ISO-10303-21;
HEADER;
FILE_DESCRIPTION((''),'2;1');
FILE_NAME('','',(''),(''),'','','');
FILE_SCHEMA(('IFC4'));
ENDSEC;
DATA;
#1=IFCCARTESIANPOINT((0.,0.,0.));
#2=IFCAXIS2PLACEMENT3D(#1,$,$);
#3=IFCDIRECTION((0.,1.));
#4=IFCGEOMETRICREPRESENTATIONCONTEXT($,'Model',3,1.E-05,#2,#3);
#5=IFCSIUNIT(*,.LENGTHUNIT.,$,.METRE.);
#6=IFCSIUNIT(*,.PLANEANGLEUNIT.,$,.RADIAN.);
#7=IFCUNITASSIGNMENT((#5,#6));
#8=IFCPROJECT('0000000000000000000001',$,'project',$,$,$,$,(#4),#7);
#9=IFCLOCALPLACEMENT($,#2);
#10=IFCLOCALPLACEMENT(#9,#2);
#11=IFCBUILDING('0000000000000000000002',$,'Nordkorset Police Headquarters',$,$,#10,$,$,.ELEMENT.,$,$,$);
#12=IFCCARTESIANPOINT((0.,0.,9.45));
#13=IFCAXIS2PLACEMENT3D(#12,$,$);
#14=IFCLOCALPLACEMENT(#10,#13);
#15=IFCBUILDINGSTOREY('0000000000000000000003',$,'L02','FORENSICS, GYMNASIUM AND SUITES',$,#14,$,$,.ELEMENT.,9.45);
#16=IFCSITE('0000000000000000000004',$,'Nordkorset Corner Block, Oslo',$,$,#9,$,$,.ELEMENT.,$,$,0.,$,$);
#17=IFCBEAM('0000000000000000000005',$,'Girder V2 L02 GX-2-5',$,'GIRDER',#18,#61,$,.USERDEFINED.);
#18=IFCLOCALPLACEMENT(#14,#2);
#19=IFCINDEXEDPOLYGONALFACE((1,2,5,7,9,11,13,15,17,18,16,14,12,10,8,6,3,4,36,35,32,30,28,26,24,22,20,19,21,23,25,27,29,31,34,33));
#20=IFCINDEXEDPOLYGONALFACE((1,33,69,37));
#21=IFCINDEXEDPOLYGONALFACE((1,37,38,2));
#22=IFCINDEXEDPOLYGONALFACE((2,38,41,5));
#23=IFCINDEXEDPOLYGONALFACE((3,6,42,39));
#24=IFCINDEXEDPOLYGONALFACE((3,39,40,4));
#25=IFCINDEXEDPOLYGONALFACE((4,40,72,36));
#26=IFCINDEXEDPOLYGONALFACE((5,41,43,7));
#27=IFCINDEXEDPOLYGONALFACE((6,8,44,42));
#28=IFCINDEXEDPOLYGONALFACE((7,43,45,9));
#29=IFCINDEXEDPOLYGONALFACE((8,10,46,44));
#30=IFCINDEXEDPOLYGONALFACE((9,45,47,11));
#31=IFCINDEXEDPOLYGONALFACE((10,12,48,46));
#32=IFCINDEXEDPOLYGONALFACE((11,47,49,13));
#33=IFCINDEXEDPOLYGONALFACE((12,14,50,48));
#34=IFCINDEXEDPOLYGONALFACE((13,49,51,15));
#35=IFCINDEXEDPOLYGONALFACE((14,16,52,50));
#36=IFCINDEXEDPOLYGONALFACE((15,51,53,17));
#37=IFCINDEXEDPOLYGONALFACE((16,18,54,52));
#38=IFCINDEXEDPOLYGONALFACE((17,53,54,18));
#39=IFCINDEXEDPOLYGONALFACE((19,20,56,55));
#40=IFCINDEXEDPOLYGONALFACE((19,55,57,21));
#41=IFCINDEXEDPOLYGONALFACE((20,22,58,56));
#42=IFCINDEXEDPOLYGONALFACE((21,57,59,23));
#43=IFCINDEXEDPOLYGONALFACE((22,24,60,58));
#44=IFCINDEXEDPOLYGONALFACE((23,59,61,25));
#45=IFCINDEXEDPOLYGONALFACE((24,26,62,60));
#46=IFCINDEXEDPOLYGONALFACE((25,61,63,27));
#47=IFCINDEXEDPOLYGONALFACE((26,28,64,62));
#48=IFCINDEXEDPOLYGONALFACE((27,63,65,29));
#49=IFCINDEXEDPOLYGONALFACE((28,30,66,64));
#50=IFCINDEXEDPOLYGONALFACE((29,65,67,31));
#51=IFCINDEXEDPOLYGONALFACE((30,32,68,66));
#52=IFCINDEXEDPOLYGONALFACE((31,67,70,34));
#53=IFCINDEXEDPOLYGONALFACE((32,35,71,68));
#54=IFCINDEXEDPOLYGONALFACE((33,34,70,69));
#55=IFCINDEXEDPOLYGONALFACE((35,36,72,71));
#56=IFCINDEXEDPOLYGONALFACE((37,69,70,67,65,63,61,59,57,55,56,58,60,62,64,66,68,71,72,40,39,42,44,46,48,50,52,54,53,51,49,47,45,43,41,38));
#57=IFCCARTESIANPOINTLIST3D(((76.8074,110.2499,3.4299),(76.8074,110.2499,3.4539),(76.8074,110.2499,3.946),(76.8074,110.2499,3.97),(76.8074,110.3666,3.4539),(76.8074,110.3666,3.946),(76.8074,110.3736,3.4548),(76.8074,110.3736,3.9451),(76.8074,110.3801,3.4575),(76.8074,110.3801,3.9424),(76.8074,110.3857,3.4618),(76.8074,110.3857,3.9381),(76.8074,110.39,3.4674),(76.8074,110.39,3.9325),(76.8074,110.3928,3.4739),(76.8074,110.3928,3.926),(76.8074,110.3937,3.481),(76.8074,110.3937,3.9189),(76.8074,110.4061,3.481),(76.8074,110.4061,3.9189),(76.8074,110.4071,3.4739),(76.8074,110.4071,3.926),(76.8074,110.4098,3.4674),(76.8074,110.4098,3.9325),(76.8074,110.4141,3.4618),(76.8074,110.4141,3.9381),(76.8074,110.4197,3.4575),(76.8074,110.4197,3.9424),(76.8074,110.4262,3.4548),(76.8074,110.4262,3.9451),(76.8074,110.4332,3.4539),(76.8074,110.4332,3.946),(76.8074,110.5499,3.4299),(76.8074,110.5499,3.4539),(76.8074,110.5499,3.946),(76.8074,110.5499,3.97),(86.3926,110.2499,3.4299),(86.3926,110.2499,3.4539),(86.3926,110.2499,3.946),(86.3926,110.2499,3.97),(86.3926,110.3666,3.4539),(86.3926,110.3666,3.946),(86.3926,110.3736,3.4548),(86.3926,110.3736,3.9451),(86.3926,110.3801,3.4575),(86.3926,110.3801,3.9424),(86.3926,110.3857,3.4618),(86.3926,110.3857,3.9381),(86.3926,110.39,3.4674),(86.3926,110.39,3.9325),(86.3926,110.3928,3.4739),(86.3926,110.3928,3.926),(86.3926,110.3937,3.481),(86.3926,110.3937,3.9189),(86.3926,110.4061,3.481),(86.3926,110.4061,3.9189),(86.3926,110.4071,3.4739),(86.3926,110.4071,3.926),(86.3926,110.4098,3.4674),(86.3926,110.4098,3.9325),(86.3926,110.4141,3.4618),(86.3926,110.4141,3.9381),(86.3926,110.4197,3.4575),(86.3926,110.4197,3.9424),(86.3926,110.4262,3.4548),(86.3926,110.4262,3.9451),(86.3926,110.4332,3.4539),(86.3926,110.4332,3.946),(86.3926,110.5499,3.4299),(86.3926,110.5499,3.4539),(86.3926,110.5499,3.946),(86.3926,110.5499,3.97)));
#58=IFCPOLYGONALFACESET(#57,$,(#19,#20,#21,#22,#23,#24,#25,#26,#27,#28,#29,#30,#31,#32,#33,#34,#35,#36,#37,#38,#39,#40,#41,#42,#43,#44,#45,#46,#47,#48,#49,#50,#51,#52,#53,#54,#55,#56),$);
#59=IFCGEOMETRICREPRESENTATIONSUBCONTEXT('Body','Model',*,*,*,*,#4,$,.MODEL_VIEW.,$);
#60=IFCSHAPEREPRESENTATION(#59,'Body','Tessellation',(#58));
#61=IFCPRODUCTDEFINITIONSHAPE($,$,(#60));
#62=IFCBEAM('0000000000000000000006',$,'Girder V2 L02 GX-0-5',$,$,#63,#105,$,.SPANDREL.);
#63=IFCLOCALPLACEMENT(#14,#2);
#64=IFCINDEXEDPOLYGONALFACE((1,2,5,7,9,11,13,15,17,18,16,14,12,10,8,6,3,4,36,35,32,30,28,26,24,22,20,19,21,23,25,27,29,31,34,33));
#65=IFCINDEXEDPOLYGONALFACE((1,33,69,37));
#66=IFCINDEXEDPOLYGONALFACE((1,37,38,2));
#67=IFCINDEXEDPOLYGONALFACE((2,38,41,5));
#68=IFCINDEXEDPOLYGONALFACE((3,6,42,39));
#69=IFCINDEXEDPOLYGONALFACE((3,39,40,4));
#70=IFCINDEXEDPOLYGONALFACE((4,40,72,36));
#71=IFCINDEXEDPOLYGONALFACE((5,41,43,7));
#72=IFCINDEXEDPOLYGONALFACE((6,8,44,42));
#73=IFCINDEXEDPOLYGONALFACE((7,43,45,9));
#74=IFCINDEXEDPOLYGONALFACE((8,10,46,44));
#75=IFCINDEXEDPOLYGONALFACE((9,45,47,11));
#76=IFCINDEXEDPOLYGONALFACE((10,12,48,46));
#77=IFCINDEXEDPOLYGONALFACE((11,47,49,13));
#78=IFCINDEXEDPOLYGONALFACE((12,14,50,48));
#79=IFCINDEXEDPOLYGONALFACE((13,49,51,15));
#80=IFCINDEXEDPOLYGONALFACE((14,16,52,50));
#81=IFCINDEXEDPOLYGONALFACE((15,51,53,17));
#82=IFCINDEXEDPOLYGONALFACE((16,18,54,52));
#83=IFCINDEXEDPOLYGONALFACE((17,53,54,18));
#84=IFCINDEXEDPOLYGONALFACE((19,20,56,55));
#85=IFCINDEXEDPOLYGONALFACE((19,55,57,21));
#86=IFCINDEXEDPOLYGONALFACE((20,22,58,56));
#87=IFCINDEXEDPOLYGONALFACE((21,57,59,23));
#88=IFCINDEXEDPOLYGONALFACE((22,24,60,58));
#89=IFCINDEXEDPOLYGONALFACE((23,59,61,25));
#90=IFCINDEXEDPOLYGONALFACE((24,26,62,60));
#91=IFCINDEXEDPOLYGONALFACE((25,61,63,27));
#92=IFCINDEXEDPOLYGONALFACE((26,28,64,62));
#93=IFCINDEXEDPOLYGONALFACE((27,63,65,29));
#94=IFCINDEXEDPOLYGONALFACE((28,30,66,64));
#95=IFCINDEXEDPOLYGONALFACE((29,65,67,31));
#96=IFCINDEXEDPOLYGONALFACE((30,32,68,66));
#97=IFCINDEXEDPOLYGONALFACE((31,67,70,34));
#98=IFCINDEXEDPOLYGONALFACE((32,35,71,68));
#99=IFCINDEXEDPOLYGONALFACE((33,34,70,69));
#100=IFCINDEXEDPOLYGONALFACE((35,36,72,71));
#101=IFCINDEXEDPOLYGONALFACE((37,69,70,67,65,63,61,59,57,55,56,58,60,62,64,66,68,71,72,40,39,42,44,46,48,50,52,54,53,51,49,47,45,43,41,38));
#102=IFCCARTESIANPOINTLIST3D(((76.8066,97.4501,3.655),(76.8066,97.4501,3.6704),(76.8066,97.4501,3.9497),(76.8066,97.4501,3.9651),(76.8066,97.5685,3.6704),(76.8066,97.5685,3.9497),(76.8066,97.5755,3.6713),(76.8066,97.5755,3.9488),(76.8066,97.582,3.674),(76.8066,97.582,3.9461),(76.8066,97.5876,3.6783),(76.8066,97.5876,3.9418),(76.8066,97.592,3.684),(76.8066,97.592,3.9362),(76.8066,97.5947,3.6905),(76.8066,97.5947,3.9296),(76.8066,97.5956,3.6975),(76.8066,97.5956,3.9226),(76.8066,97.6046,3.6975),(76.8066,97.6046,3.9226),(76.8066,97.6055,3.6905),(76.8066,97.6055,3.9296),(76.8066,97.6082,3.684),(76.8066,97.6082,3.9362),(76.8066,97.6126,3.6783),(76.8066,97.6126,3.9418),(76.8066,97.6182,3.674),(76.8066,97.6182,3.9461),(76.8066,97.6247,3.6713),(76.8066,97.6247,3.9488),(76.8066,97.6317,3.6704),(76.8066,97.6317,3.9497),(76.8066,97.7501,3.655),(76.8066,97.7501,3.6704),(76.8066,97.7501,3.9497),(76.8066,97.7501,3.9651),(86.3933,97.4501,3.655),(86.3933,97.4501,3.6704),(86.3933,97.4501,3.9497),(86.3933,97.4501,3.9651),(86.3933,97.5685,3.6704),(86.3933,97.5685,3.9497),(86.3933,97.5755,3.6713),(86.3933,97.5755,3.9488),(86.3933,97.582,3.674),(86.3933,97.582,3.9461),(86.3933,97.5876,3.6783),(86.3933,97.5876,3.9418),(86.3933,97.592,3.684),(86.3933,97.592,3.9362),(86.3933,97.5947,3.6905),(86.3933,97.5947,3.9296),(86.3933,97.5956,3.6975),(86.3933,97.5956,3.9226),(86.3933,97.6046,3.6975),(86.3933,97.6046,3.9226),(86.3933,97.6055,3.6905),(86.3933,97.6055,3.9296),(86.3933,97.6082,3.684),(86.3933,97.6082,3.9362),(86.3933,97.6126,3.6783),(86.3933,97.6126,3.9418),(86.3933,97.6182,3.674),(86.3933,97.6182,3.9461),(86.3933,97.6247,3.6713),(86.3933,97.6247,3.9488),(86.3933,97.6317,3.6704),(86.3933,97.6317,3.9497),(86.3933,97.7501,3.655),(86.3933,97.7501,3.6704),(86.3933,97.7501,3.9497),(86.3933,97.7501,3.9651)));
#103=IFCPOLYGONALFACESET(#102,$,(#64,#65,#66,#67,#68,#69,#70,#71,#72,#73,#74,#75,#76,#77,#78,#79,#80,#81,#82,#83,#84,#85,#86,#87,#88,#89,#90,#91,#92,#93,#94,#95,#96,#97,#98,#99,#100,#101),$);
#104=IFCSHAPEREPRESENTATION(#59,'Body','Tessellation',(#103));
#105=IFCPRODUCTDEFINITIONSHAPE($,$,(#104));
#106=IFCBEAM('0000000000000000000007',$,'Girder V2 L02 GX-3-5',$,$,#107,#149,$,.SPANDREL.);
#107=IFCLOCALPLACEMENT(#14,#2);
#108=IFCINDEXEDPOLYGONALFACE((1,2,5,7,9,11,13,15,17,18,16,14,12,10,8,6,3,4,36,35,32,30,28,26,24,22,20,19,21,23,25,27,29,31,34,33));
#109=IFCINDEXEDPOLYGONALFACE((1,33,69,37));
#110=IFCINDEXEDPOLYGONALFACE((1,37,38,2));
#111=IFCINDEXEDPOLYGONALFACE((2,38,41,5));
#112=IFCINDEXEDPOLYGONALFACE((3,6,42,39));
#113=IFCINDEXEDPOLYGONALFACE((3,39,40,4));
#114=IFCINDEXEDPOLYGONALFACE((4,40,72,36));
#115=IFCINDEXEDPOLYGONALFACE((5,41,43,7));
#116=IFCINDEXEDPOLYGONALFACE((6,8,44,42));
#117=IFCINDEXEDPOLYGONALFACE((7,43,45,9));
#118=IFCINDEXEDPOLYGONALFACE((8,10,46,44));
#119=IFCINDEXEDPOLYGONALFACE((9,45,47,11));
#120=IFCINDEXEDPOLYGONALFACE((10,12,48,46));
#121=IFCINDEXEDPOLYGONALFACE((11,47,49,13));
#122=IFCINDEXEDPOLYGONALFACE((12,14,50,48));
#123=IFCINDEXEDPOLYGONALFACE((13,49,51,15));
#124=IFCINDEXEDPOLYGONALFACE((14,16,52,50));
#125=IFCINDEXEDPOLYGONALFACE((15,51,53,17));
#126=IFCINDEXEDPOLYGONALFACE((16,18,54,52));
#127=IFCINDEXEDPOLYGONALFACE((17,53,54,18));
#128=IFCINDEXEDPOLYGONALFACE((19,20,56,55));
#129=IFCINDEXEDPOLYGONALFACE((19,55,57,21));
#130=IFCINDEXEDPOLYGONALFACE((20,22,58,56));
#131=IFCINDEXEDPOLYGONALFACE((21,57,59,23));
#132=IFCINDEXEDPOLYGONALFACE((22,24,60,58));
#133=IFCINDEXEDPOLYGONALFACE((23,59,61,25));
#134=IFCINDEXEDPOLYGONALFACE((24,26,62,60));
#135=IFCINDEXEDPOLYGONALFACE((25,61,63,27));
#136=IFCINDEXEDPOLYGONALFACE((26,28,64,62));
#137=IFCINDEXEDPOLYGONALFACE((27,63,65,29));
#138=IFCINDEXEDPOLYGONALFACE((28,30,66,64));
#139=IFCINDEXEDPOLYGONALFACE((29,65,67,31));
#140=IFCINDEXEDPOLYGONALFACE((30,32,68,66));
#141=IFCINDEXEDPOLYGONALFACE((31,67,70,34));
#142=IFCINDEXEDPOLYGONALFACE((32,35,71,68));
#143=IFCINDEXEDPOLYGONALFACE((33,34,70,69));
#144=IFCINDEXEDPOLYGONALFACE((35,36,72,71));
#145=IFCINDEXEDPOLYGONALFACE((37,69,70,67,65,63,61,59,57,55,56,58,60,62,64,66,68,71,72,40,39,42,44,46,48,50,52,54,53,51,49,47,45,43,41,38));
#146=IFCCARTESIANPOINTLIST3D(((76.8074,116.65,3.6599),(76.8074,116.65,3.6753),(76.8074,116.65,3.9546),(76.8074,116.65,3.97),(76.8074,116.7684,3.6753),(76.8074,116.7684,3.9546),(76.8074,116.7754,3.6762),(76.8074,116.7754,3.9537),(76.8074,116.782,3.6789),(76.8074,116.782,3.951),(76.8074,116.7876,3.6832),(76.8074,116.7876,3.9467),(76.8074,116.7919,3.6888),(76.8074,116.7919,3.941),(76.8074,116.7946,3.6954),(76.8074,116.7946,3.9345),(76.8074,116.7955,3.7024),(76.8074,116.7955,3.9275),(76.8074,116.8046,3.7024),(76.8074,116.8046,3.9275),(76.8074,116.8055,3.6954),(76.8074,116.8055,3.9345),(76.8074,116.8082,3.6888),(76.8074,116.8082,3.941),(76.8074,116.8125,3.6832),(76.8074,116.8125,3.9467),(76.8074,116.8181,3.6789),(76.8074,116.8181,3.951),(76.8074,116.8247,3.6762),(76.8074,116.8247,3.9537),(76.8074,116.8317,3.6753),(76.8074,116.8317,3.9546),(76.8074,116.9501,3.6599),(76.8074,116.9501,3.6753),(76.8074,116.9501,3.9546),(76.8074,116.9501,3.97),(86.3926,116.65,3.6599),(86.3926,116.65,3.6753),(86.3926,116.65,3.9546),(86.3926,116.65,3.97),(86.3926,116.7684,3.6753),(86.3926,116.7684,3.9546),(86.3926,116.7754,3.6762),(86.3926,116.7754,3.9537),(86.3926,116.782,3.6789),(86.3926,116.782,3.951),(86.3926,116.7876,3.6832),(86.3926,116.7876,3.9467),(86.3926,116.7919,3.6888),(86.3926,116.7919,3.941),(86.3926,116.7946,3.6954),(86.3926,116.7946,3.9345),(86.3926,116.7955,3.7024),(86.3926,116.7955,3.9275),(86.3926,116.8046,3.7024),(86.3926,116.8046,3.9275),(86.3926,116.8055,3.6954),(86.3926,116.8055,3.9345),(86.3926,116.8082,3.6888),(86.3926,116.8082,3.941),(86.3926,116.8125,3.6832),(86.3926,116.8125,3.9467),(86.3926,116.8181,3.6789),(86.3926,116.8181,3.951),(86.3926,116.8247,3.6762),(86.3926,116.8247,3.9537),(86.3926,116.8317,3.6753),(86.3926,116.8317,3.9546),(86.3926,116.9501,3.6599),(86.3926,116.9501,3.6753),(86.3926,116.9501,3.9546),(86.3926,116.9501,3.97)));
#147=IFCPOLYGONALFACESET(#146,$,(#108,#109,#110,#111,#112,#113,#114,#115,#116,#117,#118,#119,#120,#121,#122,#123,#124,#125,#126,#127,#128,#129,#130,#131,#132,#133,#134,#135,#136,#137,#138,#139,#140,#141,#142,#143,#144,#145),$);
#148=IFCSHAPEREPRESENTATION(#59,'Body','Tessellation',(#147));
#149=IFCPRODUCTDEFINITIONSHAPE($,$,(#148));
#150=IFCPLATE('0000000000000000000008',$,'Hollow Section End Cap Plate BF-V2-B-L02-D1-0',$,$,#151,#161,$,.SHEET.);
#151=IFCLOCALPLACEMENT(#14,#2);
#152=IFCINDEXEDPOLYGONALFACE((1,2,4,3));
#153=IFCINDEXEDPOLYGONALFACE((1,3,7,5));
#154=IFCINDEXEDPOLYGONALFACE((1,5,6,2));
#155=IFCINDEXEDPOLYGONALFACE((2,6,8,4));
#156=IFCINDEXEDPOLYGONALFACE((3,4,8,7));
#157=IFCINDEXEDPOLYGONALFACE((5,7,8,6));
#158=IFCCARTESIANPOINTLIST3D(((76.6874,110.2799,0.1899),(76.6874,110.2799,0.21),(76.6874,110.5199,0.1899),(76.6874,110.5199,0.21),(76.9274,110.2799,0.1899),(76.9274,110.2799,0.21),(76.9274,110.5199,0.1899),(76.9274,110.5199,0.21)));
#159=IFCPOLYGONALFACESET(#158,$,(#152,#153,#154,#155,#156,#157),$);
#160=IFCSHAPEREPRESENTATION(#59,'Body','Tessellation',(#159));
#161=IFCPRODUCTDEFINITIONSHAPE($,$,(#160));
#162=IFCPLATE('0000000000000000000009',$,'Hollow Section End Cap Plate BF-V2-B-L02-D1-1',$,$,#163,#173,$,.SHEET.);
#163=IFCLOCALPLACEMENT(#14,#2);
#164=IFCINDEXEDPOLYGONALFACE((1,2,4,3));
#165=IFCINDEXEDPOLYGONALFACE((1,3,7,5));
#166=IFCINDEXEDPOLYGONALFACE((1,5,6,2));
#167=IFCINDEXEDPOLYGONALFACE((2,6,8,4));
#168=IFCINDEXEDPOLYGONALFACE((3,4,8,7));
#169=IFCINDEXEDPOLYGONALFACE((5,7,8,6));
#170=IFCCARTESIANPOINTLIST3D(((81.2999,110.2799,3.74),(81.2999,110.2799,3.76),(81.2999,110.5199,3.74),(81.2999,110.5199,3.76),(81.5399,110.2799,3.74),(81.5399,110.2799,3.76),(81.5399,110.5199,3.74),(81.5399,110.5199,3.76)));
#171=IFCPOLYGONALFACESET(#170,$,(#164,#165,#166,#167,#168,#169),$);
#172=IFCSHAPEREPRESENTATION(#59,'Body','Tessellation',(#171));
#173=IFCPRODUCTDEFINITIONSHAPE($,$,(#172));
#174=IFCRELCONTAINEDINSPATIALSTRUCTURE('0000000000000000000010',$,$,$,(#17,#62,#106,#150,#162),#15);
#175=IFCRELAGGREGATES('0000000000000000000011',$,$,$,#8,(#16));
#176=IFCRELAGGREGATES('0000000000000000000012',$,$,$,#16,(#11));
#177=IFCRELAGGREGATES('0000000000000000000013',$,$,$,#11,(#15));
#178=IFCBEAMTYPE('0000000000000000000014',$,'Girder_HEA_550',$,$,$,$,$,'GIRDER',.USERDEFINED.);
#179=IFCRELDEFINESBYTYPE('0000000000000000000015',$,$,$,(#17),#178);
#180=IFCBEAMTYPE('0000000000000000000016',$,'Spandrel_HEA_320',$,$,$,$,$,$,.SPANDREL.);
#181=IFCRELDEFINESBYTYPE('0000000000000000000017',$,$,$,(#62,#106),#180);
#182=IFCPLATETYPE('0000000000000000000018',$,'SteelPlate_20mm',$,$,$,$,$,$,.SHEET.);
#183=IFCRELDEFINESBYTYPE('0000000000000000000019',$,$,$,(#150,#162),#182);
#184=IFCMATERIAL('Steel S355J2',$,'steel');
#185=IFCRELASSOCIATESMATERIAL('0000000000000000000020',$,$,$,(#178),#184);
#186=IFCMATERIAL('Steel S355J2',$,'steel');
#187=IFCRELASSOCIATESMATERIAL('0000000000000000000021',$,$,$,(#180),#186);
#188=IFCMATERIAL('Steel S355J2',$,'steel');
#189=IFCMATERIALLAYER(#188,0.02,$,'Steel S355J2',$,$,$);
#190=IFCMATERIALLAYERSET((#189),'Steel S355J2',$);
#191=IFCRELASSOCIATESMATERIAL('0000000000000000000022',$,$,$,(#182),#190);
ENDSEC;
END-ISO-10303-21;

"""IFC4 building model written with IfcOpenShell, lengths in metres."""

from ifc_helpers import new_model, si_unit, direction, frame, origin, origin_2d, place, context, subcontext, project, spatial, rectangle, i_section, extrude, material, layer, layer_set, material_profile, profile_set, type_object, element, save


model = new_model("IFC4")

# Units and contexts
model_context = context("Model", 3, precision=1e-05, world=origin(), true_north=direction((0.0, 1.0)))
body_context = subcontext(model_context, "Body", "Model", "MODEL_VIEW")
ifc_project = project(units=[si_unit("LENGTHUNIT", "METRE"), si_unit("PLANEANGLEUNIT", "RADIAN")], contexts=[model_context])

# Site, building, storey
site_placement = place(None, origin())
site = spatial("IfcSite", under=ifc_project, at=site_placement, Name="Nordkorset Corner Block, Oslo", CompositionType="ELEMENT", RefElevation=0.0)
building_placement = place(site_placement, origin())
building = spatial("IfcBuilding", under=site, at=building_placement, Name="Nordkorset Police Headquarters", CompositionType="ELEMENT")
storey_placement = place(building_placement, frame((0.0, 0.0, 9.45)))
storey = spatial("IfcBuildingStorey", under=building, at=storey_placement, Name="L02", Description="FORENSICS, GYMNASIUM AND SUITES", CompositionType="ELEMENT", Elevation=9.45)

# Beams
ifc_material_1 = material(Name="Steel S355J2", Category="steel")
ifc_material_profile_1 = material_profile(ifc_material_1, i_section(OverallWidth=0.3, OverallDepth=0.54, WebThickness=0.0125, FlangeThickness=0.0239, FilletRadius=0.0271, at=origin_2d()), Name="HEA 550")
ifc_profile_set_1 = profile_set([ifc_material_profile_1], Name="Steel S355J2")
beam_type_1 = type_object("IfcBeamType", Name="Girder_HEA_550", ElementType="GIRDER", PredefinedType="USERDEFINED", material=ifc_profile_set_1)
for number, where, z_axis, x_axis, name in (
    (1, (76.8074, 110.3999, 3.7), (1.0, 0.0, 0.0), (0.0, 1.0, 0.0), "Girder V2 L02 GX-2-5"),
):
    element("IfcBeam", number, at=place(storey_placement, frame(where, z_axis=z_axis, x_axis=x_axis)), inside=storey, type_object=beam_type_1, Name=name, ObjectType="GIRDER", PredefinedType="USERDEFINED", context=body_context, shape_type="SweptSolid", body=[
        extrude(i_section(OverallWidth=0.3, OverallDepth=0.54, WebThickness=0.0125, FlangeThickness=0.0239, FilletRadius=0.0271, at=origin_2d()), origin(), (0.0, 0.0, 1.0), 9.5852),
    ])
ifc_material_2 = material(Name="Steel S355J2", Category="steel")
ifc_material_profile_2 = material_profile(ifc_material_2, i_section(OverallWidth=0.3, OverallDepth=0.3101, WebThickness=0.009, FlangeThickness=0.0154, FilletRadius=0.0271, at=origin_2d()), Name="HEA 320")
ifc_profile_set_2 = profile_set([ifc_material_profile_2], Name="Steel S355J2")
beam_type_2 = type_object("IfcBeamType", Name="Spandrel_HEA_320", PredefinedType="SPANDREL", material=ifc_profile_set_2)
beam_1_placement = place(storey_placement, frame((76.8066, 97.6001, 3.8101), z_axis=(1.0, 0.0, 0.0), x_axis=(0.0, 1.0, 0.0)))
element("IfcBeam", 2, at=beam_1_placement, inside=storey, type_object=beam_type_2, Name="Girder V2 L02 GX-0-5", PredefinedType="SPANDREL", context=body_context, shape_type="SweptSolid", body=[
    extrude(i_section(OverallWidth=0.3, OverallDepth=0.3101, WebThickness=0.009, FlangeThickness=0.0154, FilletRadius=0.0271, at=origin_2d()), origin(), (0.0, 0.0, 1.0), 9.5867),
])
beam_2_placement = place(storey_placement, frame((76.8074, 116.8, 3.8149), z_axis=(1.0, 0.0, 0.0), x_axis=(0.0, 1.0, 0.0)))
element("IfcBeam", 3, at=beam_2_placement, inside=storey, type_object=beam_type_2, Name="Girder V2 L02 GX-3-5", PredefinedType="SPANDREL", context=body_context, shape_type="SweptSolid", body=[
    extrude(i_section(OverallWidth=0.3, OverallDepth=0.3101, WebThickness=0.009, FlangeThickness=0.0154, FilletRadius=0.0271, at=origin_2d()), origin(), (0.0, 0.0, 1.0), 9.5852),
])

# Plates
ifc_material_3 = material(Name="Steel S355J2", Category="steel")
ifc_layer_1 = layer(ifc_material_3, 0.02, Name="Steel S355J2")
ifc_layer_set_1 = layer_set([ifc_layer_1], Name="Steel S355J2")
plate_type = type_object("IfcPlateType", Name="SteelPlate_20mm", PredefinedType="SHEET", material=ifc_layer_set_1)
for number, where, z_axis, x_axis, name in (
    (4, (76.8074, 110.3999, 0.1899), (0.0, 0.0, 1.0), (1.0, 0.0, 0.0), "Hollow Section End Cap Plate BF-V2-B-L02-D1-0"),
    (5, (81.4199, 110.3999, 3.74), (0.0, 0.0, 1.0), (1.0, 0.0, 0.0), "Hollow Section End Cap Plate BF-V2-B-L02-D1-1"),
):
    element("IfcPlate", number, at=place(storey_placement, frame(where, z_axis=z_axis, x_axis=x_axis)), inside=storey, type_object=plate_type, Name=name, PredefinedType="SHEET", context=body_context, shape_type="SweptSolid", body=[
        extrude(rectangle(XDim=0.24, YDim=0.24, at=origin_2d()), origin(), (0.0, 0.0, 1.0), 0.02),
    ])

save(model, "model.ifc")
